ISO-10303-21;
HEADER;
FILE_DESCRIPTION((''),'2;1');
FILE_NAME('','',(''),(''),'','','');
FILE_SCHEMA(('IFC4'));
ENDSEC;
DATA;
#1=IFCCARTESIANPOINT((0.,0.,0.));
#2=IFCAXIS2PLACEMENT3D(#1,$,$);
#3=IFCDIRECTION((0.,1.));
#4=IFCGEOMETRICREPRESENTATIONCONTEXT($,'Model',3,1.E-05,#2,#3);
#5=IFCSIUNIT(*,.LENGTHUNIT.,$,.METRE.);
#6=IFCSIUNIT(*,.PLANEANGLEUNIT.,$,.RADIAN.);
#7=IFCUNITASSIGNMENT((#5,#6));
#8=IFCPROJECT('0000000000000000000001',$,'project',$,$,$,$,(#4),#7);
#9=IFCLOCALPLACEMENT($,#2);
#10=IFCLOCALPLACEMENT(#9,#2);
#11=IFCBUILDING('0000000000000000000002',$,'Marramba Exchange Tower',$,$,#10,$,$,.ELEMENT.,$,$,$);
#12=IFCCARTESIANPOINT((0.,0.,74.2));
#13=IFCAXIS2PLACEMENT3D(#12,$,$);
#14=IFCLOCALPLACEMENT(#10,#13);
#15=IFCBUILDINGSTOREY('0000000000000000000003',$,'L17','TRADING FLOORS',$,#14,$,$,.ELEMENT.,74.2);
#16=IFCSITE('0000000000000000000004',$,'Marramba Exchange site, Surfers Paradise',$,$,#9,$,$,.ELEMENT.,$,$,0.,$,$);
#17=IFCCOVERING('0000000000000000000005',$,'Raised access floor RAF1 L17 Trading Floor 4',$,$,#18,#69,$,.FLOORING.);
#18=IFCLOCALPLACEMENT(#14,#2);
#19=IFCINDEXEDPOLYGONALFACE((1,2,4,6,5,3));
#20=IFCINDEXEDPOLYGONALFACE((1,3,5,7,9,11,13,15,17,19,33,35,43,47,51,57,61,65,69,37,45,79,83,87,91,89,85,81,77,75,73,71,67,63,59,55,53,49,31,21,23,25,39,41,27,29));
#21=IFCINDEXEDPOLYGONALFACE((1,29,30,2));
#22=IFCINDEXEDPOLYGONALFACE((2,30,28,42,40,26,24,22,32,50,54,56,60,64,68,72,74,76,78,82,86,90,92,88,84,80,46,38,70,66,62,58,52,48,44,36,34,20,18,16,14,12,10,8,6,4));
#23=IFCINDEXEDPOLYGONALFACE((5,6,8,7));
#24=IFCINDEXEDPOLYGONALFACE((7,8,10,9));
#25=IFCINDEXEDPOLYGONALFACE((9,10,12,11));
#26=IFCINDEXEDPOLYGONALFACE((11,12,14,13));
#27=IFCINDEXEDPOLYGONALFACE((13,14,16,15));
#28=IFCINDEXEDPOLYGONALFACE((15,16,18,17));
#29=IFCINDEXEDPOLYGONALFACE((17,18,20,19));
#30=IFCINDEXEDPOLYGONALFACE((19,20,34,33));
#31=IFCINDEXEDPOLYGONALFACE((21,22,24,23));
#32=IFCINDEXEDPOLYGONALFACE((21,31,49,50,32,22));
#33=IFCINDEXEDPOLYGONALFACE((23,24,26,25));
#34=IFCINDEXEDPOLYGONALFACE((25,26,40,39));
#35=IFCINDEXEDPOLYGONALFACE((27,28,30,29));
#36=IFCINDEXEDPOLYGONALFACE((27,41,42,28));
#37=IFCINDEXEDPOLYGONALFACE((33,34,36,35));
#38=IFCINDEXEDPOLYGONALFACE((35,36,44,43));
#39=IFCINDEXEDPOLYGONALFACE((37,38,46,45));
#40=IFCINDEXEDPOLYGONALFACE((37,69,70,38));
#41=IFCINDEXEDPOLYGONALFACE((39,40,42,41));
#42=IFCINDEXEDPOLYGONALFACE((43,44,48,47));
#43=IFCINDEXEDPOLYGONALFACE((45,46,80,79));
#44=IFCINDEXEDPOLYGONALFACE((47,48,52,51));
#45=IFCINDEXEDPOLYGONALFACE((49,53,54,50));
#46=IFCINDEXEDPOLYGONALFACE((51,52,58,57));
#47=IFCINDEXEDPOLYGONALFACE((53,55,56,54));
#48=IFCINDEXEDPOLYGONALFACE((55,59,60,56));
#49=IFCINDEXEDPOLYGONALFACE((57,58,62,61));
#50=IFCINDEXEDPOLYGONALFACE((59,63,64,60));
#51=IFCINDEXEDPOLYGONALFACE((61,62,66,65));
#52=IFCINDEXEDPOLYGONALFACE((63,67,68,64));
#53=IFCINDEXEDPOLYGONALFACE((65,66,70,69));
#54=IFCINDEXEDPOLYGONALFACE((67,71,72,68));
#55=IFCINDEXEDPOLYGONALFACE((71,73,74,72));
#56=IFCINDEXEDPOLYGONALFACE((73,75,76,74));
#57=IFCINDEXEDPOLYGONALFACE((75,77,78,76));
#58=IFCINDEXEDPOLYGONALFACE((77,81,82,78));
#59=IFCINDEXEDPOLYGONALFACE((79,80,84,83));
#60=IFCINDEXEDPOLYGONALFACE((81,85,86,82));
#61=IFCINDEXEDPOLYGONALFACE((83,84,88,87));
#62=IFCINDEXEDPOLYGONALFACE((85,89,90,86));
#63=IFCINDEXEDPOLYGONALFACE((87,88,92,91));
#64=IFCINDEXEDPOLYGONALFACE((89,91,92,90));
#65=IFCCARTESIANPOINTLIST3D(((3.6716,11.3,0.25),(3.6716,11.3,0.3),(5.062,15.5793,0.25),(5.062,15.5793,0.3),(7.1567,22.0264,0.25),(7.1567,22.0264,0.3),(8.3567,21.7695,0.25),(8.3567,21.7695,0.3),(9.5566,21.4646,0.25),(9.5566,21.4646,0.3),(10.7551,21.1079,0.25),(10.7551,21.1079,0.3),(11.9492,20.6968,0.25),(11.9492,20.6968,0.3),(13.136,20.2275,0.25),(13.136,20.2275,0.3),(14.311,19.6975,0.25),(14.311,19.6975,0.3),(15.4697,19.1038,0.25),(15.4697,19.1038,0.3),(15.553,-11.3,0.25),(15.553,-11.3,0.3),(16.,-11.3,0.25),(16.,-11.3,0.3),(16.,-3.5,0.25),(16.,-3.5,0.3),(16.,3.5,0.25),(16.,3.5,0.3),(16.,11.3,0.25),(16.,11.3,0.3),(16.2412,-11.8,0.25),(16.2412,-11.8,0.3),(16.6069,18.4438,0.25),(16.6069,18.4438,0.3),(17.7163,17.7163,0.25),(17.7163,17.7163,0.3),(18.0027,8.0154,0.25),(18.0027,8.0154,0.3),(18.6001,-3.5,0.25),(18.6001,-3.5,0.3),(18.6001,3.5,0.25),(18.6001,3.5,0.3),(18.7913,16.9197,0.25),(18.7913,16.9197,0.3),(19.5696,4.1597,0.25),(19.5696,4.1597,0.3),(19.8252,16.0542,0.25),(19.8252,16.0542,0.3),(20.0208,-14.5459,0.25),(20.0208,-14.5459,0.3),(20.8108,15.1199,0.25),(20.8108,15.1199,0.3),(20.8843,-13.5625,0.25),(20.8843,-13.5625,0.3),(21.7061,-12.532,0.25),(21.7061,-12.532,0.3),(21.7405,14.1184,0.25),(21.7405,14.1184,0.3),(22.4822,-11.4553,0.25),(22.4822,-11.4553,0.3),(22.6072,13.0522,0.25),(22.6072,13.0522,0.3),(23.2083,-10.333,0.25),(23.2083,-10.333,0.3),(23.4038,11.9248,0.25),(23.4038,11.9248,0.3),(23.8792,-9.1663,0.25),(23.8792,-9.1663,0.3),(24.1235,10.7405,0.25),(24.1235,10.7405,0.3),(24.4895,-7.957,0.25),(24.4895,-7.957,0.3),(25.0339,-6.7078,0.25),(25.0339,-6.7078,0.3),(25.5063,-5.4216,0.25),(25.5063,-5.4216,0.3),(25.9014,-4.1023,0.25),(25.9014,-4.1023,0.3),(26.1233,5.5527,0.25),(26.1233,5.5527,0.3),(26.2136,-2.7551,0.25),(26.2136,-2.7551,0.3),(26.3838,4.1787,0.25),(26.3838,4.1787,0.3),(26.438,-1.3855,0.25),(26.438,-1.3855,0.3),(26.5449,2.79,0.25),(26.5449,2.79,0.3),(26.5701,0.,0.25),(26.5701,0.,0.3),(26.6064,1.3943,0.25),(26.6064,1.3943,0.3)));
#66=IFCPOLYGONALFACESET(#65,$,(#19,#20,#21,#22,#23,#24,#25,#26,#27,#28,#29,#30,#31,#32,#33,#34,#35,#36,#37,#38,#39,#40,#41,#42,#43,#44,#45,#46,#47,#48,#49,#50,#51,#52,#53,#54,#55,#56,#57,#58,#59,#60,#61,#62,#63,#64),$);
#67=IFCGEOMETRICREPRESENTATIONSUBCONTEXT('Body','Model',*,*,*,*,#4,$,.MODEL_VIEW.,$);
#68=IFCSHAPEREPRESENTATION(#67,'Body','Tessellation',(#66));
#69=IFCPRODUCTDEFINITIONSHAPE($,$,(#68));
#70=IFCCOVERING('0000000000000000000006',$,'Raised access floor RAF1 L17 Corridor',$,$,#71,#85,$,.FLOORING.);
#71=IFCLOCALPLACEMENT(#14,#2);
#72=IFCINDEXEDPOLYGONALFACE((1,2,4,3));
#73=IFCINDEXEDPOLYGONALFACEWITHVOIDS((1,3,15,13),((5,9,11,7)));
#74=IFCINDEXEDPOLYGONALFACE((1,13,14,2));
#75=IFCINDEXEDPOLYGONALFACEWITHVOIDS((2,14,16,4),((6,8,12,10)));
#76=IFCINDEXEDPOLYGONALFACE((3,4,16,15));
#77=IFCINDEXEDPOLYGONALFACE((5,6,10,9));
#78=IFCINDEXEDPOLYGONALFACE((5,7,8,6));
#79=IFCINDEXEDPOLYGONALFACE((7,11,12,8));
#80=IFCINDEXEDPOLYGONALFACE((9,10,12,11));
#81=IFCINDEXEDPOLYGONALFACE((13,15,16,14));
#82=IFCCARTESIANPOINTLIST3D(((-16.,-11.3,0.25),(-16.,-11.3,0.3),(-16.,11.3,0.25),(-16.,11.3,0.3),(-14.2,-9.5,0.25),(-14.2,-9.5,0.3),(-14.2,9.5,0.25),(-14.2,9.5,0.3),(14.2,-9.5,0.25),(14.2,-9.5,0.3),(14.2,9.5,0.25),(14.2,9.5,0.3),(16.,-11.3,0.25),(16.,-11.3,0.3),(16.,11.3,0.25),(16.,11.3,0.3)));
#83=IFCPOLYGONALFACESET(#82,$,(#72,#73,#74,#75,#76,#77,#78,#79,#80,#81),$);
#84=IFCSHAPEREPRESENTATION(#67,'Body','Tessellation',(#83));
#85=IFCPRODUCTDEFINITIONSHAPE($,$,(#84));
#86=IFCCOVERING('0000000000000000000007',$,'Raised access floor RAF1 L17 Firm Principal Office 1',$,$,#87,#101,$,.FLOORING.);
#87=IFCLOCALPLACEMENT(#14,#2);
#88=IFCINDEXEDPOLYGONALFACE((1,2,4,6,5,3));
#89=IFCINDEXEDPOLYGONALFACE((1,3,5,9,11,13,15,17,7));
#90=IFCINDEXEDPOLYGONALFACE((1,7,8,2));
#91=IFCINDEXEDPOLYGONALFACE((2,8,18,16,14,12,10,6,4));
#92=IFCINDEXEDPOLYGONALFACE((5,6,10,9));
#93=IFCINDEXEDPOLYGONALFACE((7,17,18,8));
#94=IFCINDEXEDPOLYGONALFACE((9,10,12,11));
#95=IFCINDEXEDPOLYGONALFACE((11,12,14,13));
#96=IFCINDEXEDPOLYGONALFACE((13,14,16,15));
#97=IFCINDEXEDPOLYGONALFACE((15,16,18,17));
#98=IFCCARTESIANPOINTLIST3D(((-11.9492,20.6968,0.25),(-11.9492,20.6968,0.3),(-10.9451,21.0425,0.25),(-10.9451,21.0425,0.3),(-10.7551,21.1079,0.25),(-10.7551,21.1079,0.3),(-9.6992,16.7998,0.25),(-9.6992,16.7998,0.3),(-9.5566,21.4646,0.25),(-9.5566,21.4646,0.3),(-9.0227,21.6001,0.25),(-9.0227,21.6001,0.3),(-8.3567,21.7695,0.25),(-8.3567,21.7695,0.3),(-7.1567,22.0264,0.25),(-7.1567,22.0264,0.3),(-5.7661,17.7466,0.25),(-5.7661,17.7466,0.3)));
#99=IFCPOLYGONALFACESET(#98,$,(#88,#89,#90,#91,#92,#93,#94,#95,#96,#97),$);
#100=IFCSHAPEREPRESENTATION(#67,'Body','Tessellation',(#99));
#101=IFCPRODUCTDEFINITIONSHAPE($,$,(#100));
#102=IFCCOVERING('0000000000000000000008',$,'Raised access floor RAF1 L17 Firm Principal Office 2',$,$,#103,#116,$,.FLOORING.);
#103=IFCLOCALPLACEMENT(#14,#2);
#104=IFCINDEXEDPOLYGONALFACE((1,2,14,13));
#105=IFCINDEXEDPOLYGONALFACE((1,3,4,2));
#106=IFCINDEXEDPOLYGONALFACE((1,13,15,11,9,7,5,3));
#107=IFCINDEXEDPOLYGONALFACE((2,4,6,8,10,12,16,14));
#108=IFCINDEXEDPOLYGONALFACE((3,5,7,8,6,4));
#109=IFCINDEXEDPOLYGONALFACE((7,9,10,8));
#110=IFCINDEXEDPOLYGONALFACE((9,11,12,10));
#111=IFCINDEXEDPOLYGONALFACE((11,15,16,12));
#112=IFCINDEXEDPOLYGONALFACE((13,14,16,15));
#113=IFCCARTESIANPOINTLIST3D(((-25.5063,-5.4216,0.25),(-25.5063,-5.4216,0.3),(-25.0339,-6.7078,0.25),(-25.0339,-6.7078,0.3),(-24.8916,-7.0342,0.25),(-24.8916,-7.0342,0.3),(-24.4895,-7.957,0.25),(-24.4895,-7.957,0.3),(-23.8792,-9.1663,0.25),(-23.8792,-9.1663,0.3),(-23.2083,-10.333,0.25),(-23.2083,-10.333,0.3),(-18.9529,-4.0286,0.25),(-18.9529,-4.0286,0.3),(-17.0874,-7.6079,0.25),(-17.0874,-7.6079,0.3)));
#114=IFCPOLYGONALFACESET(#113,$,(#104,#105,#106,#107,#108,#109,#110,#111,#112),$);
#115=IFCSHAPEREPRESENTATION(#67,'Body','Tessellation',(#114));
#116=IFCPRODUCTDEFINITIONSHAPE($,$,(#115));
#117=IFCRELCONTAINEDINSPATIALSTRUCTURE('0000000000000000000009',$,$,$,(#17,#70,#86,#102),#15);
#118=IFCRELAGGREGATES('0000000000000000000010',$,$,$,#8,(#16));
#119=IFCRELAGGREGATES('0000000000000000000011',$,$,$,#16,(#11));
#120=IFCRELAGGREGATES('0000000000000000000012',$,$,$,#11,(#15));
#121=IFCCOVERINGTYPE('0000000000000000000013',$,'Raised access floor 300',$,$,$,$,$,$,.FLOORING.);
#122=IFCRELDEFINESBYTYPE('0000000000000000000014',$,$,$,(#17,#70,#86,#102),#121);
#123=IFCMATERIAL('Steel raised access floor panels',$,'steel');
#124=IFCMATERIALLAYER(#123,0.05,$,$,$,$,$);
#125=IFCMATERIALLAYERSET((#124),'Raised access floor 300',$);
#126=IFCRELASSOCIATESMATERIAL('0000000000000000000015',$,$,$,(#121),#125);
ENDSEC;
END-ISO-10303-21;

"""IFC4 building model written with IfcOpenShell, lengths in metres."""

from ifc_helpers import new_model, si_unit, direction, frame, origin, place, context, subcontext, project, spatial, polyline, outline, extrude, material, layer, layer_set, type_object, element, save


model = new_model("IFC4")

# Units and contexts
model_context = context("Model", 3, precision=1e-05, world=origin(), true_north=direction((0.0, 1.0)))
body_context = subcontext(model_context, "Body", "Model", "MODEL_VIEW")
ifc_project = project(units=[si_unit("LENGTHUNIT", "METRE"), si_unit("PLANEANGLEUNIT", "RADIAN")], contexts=[model_context])

# Site, building, storey
site_placement = place(None, origin())
site = spatial("IfcSite", under=ifc_project, at=site_placement, Name="Marramba Exchange site, Surfers Paradise", CompositionType="ELEMENT", RefElevation=0.0)
building_placement = place(site_placement, origin())
building = spatial("IfcBuilding", under=site, at=building_placement, Name="Marramba Exchange Tower", CompositionType="ELEMENT")
storey_placement = place(building_placement, frame((0.0, 0.0, 74.2)))
storey = spatial("IfcBuildingStorey", under=building, at=storey_placement, Name="L17", Description="TRADING FLOORS", CompositionType="ELEMENT", Elevation=74.2)

# Coverings
ifc_material_1 = material(Name="Steel raised access floor panels", Category="steel")
ifc_layer_1 = layer(ifc_material_1, 0.05)
ifc_layer_set_1 = layer_set([ifc_layer_1], Name="Raised access floor 300")
covering_type_1 = type_object("IfcCoveringType", Name="Raised access floor 300", PredefinedType="FLOORING", material=ifc_layer_set_1)
covering_1_placement = place(storey_placement, frame((0.0, 0.0, 0.25)))
element("IfcCovering", 1, at=covering_1_placement, inside=storey, type_object=covering_type_1, Name="Raised access floor RAF1 L17 Trading Floor 4", PredefinedType="FLOORING", context=body_context, shape_type="SweptSolid", body=[
    extrude(outline(polyline([(16.0, -3.5), (18.6001, -3.5), (18.6001, 3.5), (16.0, 3.5), (16.0, 11.3), (3.6716, 11.3), (5.062, 15.5793), (7.1567, 22.0264), (8.3567, 21.7695), (9.5566, 21.4646), (10.7551, 21.1079), (11.9492, 20.6968), (13.136, 20.2275), (14.311, 19.6975), (15.4697, 19.1038), (16.6069, 18.4438), (17.7163, 17.7163), (18.7913, 16.9197), (19.8252, 16.0542), (20.8108, 15.1199), (21.7405, 14.1184), (22.6072, 13.0522), (23.4038, 11.9248), (24.1235, 10.7405), (18.0027, 8.0154), (19.5696, 4.1597), (26.1233, 5.5527), (26.3838, 4.1787), (26.5449, 2.79), (26.6064, 1.3943), (26.5701, 0.0), (26.438, -1.3855), (26.2136, -2.7551), (25.9014, -4.1023), (25.5063, -5.4216), (25.0339, -6.7078), (24.4895, -7.957), (23.8792, -9.1663), (23.2083, -10.333), (22.4822, -11.4553), (21.7061, -12.532), (20.8843, -13.5625), (20.0208, -14.5459), (16.2412, -11.8), (15.553, -11.3), (16.0, -11.3), (16.0, -3.5)])), origin(), (0.0, 0.0, 1.0), 0.05),
])
covering_2_placement = place(storey_placement, frame((0.0, 0.0, 0.25)))
element("IfcCovering", 2, at=covering_2_placement, inside=storey, type_object=covering_type_1, Name="Raised access floor RAF1 L17 Corridor", PredefinedType="FLOORING", context=body_context, shape_type="SweptSolid", body=[
    extrude(outline(polyline([(-16.0, 11.3), (16.0, 11.3), (16.0, -11.3), (-16.0, -11.3), (-16.0, 11.3)]), holes=[polyline([(-14.2, 9.5), (-14.2, -9.5), (14.2, -9.5), (14.2, 9.5), (-14.2, 9.5)])]), origin(), (0.0, 0.0, 1.0), 0.05),
])
covering_3_placement = place(storey_placement, frame((0.0, 0.0, 0.25)))
element("IfcCovering", 3, at=covering_3_placement, inside=storey, type_object=covering_type_1, Name="Raised access floor RAF1 L17 Firm Principal Office 1", PredefinedType="FLOORING", context=body_context, shape_type="SweptSolid", body=[
    extrude(outline(polyline([(-10.9451, 21.0425), (-10.7551, 21.1079), (-9.5566, 21.4646), (-9.0227, 21.6001), (-8.3567, 21.7695), (-7.1567, 22.0264), (-5.7661, 17.7466), (-9.6992, 16.7998), (-11.9492, 20.6968), (-10.9451, 21.0425)])), origin(), (0.0, 0.0, 1.0), 0.05),
])
covering_4_placement = place(storey_placement, frame((0.0, 0.0, 0.25)))
element("IfcCovering", 4, at=covering_4_placement, inside=storey, type_object=covering_type_1, Name="Raised access floor RAF1 L17 Firm Principal Office 2", PredefinedType="FLOORING", context=body_context, shape_type="SweptSolid", body=[
    extrude(outline(polyline([(-23.8792, -9.1663), (-24.4895, -7.957), (-24.8916, -7.0342), (-25.0339, -6.7078), (-25.5063, -5.4216), (-18.9529, -4.0286), (-17.0874, -7.6079), (-23.2083, -10.333), (-23.8792, -9.1663)])), origin(), (0.0, 0.0, 1.0), 0.05),
])

save(model, "model.ifc")
